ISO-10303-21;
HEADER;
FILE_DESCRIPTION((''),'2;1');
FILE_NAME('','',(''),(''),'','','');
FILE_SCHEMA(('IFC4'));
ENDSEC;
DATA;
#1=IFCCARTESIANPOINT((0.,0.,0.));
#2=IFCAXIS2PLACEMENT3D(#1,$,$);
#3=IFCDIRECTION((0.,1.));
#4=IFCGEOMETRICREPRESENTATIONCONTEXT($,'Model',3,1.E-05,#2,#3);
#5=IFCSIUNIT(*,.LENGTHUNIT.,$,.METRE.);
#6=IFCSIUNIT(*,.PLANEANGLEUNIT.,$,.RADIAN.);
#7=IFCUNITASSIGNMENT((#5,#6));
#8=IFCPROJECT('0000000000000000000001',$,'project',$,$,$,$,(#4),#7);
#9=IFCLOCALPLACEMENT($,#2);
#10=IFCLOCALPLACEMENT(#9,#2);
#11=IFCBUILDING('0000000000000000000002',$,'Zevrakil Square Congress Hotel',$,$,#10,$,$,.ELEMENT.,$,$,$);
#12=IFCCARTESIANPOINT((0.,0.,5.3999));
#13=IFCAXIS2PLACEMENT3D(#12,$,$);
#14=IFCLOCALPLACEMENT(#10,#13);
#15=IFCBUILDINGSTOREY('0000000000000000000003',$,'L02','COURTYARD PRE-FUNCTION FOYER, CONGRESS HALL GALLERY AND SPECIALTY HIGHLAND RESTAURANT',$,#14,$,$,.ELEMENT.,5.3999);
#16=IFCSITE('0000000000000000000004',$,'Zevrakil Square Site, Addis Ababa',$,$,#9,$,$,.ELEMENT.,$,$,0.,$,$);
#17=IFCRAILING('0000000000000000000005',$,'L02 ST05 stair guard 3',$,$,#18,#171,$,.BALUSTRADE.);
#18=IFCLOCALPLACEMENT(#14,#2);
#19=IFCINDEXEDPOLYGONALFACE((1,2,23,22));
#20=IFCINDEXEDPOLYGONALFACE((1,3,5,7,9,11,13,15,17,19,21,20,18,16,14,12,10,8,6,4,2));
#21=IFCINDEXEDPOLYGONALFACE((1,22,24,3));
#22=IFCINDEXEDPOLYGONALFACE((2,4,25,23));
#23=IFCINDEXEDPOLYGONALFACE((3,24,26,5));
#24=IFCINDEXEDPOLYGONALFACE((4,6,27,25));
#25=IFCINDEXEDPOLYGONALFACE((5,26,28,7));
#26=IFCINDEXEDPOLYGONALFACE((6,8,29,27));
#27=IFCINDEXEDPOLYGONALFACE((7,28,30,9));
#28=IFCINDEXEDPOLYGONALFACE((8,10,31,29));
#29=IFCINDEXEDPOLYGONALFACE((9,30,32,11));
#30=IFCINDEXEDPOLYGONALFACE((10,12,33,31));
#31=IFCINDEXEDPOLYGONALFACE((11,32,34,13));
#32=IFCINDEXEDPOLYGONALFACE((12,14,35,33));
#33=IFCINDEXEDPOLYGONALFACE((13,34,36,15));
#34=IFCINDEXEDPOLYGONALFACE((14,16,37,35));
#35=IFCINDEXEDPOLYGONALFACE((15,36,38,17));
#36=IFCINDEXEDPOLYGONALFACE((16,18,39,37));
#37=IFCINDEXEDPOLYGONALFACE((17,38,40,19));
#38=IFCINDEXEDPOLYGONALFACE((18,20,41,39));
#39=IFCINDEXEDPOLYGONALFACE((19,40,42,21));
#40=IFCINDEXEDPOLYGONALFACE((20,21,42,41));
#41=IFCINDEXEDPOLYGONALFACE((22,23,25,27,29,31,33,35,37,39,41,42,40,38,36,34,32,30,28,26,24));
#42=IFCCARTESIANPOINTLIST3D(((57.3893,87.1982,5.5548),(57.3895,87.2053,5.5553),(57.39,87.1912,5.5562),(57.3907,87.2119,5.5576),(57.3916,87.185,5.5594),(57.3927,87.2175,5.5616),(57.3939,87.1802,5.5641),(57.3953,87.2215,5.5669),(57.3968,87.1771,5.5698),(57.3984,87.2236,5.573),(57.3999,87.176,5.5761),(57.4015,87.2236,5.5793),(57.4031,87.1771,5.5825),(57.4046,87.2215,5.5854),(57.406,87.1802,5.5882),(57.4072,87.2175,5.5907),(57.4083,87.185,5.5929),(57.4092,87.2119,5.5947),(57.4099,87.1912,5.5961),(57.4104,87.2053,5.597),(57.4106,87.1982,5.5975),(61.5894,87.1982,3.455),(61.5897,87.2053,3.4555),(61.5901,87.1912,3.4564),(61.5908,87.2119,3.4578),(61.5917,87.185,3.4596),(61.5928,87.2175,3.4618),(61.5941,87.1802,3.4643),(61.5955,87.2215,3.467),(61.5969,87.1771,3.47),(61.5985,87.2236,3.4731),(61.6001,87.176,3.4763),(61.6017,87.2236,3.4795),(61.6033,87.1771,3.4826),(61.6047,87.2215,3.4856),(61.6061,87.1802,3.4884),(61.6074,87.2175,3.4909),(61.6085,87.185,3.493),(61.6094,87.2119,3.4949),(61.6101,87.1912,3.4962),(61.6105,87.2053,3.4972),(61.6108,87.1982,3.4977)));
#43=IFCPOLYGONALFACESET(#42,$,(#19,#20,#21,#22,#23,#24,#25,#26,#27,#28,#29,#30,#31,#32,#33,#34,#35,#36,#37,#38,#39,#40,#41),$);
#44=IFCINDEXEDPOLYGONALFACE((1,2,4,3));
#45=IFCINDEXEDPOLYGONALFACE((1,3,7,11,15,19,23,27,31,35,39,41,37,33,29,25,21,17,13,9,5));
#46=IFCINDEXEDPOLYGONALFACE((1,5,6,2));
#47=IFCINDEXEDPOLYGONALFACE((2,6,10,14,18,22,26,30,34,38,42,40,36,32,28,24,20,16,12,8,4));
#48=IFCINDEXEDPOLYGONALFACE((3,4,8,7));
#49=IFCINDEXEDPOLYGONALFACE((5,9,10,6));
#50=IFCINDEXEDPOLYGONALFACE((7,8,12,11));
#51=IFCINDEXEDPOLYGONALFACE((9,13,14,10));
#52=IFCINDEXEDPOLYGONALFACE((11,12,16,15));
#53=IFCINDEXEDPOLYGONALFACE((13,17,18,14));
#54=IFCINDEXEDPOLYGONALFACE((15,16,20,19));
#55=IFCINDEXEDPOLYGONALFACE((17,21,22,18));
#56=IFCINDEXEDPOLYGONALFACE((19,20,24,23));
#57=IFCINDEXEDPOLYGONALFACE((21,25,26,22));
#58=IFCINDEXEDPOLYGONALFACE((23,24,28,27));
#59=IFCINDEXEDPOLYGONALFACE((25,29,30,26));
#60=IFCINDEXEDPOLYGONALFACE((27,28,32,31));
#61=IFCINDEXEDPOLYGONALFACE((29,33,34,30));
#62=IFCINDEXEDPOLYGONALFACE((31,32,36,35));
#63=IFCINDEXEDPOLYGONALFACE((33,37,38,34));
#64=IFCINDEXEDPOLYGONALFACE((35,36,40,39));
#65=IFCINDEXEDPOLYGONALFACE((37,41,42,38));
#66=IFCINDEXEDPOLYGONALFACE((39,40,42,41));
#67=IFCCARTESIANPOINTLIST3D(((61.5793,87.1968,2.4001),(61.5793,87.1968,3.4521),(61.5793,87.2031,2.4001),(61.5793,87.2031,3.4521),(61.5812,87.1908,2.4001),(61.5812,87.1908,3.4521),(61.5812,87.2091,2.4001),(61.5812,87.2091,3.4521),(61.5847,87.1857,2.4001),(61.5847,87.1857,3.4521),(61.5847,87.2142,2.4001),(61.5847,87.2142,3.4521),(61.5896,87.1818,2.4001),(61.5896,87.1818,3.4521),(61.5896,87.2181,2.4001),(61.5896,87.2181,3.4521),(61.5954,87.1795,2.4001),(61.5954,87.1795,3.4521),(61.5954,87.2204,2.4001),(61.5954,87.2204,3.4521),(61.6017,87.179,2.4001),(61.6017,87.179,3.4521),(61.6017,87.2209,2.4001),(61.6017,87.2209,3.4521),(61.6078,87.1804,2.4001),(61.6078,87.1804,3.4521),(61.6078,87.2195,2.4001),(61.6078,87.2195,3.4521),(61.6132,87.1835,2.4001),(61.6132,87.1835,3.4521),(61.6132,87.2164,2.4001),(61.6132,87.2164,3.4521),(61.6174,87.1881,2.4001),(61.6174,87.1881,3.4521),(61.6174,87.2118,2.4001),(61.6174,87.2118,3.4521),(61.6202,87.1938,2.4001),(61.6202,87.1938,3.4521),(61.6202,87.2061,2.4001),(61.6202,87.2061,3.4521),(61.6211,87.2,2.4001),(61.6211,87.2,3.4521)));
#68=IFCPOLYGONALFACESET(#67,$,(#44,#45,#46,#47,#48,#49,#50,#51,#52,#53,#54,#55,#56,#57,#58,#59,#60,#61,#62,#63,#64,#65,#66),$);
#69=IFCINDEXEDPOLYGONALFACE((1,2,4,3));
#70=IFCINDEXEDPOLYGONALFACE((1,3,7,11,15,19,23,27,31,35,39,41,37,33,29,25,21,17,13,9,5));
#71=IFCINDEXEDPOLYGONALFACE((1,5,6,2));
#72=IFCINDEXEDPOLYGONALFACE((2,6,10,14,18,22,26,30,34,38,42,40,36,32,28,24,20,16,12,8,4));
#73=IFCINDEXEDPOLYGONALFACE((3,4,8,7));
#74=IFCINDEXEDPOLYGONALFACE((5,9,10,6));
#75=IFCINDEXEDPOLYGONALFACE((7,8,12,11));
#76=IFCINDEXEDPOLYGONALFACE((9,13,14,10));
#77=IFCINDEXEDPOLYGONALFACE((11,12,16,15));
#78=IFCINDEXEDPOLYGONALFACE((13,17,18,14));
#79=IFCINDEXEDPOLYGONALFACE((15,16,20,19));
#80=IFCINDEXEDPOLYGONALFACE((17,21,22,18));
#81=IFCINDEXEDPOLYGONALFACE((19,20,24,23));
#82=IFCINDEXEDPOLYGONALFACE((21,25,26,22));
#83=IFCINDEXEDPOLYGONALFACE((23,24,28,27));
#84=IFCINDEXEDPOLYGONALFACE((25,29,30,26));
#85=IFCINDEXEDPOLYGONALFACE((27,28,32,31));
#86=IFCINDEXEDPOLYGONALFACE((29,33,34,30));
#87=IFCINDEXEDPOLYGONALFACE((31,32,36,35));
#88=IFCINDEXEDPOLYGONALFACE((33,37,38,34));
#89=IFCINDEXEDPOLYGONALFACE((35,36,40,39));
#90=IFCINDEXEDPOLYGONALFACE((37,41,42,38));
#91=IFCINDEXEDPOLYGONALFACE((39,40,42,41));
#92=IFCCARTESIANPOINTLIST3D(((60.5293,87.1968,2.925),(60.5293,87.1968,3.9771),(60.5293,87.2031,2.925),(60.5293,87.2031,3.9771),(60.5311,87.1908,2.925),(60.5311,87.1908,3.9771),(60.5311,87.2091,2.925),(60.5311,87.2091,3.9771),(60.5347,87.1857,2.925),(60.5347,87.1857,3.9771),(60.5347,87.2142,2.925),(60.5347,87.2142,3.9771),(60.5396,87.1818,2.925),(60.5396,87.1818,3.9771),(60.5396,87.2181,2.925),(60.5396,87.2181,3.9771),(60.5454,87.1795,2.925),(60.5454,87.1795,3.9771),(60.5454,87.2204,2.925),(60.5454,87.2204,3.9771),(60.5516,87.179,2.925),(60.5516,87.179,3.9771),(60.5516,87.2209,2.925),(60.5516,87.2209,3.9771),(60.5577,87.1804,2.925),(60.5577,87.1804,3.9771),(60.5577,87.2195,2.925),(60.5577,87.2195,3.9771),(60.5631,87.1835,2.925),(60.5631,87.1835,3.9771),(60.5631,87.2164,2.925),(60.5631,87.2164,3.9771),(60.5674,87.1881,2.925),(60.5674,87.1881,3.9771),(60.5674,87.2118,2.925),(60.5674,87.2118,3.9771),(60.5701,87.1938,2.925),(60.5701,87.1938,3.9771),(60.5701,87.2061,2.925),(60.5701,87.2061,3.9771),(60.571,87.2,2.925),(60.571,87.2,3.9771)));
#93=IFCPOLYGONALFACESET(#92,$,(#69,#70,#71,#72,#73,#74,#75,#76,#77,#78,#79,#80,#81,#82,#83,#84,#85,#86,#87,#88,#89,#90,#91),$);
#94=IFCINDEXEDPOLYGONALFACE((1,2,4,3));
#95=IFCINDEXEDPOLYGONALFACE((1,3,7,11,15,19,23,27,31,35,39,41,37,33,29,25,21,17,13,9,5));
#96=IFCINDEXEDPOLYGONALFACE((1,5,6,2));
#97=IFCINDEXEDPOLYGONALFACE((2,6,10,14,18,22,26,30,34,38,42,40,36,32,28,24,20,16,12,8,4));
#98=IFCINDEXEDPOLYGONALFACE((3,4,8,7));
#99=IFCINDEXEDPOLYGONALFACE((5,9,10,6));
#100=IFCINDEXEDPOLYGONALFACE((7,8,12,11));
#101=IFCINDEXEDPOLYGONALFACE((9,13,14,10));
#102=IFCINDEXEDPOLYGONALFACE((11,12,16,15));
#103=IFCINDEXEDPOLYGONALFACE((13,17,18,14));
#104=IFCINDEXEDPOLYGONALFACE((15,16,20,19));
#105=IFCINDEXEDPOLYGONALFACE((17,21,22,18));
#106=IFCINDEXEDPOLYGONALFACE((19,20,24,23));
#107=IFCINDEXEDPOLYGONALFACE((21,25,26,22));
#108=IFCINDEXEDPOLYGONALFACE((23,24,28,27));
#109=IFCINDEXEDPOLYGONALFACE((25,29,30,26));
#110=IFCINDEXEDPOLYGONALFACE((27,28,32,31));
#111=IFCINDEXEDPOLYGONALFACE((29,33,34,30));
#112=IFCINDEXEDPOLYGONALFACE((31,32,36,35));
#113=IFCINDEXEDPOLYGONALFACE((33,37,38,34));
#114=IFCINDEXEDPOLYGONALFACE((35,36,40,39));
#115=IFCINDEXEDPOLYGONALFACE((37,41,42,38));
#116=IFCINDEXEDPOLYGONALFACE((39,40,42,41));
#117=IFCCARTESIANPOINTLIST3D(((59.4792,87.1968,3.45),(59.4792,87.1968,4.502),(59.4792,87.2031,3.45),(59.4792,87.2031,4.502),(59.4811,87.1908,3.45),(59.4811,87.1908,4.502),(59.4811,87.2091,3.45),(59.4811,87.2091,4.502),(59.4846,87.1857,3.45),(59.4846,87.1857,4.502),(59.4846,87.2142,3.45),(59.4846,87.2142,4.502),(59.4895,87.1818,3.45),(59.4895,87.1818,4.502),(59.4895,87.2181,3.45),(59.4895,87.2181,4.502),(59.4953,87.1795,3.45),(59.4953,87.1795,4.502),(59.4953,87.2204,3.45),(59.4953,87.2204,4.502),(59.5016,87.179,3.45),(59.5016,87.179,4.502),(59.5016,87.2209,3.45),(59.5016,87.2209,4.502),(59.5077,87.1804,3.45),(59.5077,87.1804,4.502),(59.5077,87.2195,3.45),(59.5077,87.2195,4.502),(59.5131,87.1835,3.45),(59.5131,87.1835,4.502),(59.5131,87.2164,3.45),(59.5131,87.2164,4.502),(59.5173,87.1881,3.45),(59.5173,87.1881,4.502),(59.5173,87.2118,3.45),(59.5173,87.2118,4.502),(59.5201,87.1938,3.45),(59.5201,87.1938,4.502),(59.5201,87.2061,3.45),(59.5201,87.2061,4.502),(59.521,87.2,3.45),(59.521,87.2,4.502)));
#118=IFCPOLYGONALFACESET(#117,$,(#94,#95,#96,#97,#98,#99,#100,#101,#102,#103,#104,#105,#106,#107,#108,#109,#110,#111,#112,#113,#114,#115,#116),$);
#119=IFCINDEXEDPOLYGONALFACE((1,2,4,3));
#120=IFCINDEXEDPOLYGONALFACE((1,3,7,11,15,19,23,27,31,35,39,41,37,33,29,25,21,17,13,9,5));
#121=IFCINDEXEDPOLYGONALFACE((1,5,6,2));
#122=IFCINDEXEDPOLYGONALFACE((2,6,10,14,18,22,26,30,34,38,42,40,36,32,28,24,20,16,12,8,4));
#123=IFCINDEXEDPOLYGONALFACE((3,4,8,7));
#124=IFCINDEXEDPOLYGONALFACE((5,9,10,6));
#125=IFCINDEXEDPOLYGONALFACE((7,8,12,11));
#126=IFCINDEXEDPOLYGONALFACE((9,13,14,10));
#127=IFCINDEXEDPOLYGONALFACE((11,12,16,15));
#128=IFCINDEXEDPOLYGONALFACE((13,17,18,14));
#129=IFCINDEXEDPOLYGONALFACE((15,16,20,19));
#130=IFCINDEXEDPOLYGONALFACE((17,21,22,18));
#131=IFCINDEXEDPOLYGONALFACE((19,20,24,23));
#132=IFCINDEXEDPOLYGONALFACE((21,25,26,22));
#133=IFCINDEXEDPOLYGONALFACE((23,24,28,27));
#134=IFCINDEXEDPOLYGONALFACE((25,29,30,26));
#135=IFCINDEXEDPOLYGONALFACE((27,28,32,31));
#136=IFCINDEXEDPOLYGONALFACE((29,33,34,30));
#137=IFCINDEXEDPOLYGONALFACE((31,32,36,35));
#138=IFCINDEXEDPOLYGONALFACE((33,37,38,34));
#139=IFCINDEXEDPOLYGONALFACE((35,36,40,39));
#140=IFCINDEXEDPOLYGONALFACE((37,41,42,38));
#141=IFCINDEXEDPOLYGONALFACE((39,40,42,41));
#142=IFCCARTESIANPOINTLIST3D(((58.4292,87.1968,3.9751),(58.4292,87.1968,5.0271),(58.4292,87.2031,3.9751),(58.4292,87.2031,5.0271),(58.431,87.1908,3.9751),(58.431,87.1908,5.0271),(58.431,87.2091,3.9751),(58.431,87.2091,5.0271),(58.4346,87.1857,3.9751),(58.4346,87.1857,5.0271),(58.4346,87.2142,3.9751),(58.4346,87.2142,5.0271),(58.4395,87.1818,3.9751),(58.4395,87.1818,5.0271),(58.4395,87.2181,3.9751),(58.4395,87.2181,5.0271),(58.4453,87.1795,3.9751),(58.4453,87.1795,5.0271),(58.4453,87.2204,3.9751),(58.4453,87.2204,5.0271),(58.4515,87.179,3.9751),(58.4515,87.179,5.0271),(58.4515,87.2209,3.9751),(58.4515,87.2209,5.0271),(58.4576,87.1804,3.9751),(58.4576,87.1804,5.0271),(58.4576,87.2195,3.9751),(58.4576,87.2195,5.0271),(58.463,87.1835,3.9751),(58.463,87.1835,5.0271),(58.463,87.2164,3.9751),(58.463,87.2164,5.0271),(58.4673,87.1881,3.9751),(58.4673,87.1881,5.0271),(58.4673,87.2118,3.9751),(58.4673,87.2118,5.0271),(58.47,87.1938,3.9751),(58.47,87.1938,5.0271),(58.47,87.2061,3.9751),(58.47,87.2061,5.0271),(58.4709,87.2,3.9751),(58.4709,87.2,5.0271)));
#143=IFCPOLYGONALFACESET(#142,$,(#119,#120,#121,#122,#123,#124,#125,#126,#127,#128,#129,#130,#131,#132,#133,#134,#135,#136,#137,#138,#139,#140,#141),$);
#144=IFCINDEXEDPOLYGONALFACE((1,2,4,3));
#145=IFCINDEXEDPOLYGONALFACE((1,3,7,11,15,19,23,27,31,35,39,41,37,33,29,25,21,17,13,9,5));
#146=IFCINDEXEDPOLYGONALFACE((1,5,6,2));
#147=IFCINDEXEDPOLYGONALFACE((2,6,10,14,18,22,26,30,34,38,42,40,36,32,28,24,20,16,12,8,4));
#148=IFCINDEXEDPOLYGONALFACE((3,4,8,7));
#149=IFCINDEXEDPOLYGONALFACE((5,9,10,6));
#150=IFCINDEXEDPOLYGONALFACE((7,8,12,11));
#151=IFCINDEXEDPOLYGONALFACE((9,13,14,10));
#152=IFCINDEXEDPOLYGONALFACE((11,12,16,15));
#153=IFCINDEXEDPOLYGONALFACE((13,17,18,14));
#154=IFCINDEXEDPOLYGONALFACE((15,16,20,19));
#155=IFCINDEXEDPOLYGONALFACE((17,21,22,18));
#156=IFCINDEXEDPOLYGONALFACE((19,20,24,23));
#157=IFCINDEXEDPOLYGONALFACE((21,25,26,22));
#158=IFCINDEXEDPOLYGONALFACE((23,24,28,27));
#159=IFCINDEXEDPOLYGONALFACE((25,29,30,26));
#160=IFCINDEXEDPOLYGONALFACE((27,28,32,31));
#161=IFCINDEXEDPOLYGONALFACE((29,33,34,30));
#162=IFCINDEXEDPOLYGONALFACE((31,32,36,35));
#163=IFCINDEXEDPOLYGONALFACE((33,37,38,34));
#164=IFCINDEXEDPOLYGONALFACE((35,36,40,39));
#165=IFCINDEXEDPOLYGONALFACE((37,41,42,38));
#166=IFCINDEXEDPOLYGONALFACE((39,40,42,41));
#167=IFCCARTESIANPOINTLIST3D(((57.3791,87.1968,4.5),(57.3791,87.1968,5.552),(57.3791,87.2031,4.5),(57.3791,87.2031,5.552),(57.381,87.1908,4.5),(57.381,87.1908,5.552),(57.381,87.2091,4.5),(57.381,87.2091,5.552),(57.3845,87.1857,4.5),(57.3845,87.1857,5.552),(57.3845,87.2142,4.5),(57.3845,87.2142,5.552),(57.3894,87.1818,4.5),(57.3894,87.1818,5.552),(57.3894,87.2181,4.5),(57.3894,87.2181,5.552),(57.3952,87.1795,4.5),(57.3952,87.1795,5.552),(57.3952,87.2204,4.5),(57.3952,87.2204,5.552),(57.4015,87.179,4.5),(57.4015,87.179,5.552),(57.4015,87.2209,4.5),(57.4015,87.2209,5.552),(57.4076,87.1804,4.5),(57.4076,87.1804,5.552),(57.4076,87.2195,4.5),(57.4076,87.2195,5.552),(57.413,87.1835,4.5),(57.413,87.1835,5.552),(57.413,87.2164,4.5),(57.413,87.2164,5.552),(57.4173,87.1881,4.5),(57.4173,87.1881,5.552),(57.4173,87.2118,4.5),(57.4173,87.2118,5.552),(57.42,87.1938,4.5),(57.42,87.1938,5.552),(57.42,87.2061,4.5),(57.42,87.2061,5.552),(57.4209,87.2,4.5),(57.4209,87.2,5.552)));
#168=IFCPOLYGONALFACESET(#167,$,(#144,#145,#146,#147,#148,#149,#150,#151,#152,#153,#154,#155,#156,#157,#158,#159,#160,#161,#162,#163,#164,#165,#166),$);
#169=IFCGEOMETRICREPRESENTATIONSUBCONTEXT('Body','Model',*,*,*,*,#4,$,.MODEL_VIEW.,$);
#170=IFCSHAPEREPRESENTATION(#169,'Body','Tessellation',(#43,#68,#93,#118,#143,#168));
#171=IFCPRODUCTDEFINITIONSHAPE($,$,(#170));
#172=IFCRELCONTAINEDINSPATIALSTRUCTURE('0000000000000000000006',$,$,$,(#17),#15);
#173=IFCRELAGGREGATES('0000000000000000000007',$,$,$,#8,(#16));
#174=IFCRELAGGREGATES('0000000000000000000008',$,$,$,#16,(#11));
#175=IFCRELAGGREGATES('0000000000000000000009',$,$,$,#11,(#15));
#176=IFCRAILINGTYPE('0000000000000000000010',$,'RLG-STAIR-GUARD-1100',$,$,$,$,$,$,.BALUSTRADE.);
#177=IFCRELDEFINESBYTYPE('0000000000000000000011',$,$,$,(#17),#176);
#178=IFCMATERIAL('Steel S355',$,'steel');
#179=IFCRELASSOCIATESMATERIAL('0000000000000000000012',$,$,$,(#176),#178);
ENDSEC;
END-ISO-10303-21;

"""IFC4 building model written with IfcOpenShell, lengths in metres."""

from ifc_helpers import new_model, si_unit, direction, frame, origin, origin_2d, place, context, subcontext, project, spatial, circle, extrude, material, type_object, element, save


model = new_model("IFC4")

# Units and contexts
model_context = context("Model", 3, precision=1e-05, world=origin(), true_north=direction((0.0, 1.0)))
body_context = subcontext(model_context, "Body", "Model", "MODEL_VIEW")
ifc_project = project(units=[si_unit("LENGTHUNIT", "METRE"), si_unit("PLANEANGLEUNIT", "RADIAN")], contexts=[model_context])

# Site, building, storey
site_placement = place(None, origin())
site = spatial("IfcSite", under=ifc_project, at=site_placement, Name="Zevrakil Square Site, Addis Ababa", CompositionType="ELEMENT", RefElevation=0.0)
building_placement = place(site_placement, origin())
building = spatial("IfcBuilding", under=site, at=building_placement, Name="Zevrakil Square Congress Hotel", CompositionType="ELEMENT")
storey_placement = place(building_placement, frame((0.0, 0.0, 5.3999)))
storey = spatial("IfcBuildingStorey", under=building, at=storey_placement, Name="L02", Description="COURTYARD PRE-FUNCTION FOYER, CONGRESS HALL GALLERY AND SPECIALTY HIGHLAND RESTAURANT", CompositionType="ELEMENT", Elevation=5.3999)

# Railing
ifc_material_1 = material(Name="Steel S355", Category="steel")
railing_type_1 = type_object("IfcRailingType", Name="RLG-STAIR-GUARD-1100", PredefinedType="BALUSTRADE", material=ifc_material_1)
railing_1_placement = place(storey_placement, frame((61.6001, 87.2, 2.4001)))
element("IfcRailing", 1, at=railing_1_placement, inside=storey, type_object=railing_type_1, Name="L02 ST05 stair guard 3", PredefinedType="BALUSTRADE", context=body_context, shape_type="SweptSolid", body=[
    extrude(circle(Radius=0.0239, at=origin_2d()), frame((0.0, 0.0, 1.0762), z_axis=(-0.894448, 0.0, 0.447172), x_axis=(0.0, -1.0, 0.0)), (0.0, 0.0, 1.0), 4.6958),
    extrude(circle(Radius=0.021, at=origin_2d()), origin(), (0.0, 0.0, 1.0), 1.052),
    extrude(circle(Radius=0.021, at=origin_2d()), frame((-1.05, 0.0, 0.5249)), (0.0, 0.0, 1.0), 1.052),
    extrude(circle(Radius=0.021, at=origin_2d()), frame((-2.1001, 0.0, 1.0498)), (0.0, 0.0, 1.0), 1.052),
    extrude(circle(Radius=0.021, at=origin_2d()), frame((-3.1501, 0.0, 1.575)), (0.0, 0.0, 1.0), 1.052),
    extrude(circle(Radius=0.021, at=origin_2d()), frame((-4.2002, 0.0, 2.0999)), (0.0, 0.0, 1.0), 1.052),
])

save(model, "model.ifc")
